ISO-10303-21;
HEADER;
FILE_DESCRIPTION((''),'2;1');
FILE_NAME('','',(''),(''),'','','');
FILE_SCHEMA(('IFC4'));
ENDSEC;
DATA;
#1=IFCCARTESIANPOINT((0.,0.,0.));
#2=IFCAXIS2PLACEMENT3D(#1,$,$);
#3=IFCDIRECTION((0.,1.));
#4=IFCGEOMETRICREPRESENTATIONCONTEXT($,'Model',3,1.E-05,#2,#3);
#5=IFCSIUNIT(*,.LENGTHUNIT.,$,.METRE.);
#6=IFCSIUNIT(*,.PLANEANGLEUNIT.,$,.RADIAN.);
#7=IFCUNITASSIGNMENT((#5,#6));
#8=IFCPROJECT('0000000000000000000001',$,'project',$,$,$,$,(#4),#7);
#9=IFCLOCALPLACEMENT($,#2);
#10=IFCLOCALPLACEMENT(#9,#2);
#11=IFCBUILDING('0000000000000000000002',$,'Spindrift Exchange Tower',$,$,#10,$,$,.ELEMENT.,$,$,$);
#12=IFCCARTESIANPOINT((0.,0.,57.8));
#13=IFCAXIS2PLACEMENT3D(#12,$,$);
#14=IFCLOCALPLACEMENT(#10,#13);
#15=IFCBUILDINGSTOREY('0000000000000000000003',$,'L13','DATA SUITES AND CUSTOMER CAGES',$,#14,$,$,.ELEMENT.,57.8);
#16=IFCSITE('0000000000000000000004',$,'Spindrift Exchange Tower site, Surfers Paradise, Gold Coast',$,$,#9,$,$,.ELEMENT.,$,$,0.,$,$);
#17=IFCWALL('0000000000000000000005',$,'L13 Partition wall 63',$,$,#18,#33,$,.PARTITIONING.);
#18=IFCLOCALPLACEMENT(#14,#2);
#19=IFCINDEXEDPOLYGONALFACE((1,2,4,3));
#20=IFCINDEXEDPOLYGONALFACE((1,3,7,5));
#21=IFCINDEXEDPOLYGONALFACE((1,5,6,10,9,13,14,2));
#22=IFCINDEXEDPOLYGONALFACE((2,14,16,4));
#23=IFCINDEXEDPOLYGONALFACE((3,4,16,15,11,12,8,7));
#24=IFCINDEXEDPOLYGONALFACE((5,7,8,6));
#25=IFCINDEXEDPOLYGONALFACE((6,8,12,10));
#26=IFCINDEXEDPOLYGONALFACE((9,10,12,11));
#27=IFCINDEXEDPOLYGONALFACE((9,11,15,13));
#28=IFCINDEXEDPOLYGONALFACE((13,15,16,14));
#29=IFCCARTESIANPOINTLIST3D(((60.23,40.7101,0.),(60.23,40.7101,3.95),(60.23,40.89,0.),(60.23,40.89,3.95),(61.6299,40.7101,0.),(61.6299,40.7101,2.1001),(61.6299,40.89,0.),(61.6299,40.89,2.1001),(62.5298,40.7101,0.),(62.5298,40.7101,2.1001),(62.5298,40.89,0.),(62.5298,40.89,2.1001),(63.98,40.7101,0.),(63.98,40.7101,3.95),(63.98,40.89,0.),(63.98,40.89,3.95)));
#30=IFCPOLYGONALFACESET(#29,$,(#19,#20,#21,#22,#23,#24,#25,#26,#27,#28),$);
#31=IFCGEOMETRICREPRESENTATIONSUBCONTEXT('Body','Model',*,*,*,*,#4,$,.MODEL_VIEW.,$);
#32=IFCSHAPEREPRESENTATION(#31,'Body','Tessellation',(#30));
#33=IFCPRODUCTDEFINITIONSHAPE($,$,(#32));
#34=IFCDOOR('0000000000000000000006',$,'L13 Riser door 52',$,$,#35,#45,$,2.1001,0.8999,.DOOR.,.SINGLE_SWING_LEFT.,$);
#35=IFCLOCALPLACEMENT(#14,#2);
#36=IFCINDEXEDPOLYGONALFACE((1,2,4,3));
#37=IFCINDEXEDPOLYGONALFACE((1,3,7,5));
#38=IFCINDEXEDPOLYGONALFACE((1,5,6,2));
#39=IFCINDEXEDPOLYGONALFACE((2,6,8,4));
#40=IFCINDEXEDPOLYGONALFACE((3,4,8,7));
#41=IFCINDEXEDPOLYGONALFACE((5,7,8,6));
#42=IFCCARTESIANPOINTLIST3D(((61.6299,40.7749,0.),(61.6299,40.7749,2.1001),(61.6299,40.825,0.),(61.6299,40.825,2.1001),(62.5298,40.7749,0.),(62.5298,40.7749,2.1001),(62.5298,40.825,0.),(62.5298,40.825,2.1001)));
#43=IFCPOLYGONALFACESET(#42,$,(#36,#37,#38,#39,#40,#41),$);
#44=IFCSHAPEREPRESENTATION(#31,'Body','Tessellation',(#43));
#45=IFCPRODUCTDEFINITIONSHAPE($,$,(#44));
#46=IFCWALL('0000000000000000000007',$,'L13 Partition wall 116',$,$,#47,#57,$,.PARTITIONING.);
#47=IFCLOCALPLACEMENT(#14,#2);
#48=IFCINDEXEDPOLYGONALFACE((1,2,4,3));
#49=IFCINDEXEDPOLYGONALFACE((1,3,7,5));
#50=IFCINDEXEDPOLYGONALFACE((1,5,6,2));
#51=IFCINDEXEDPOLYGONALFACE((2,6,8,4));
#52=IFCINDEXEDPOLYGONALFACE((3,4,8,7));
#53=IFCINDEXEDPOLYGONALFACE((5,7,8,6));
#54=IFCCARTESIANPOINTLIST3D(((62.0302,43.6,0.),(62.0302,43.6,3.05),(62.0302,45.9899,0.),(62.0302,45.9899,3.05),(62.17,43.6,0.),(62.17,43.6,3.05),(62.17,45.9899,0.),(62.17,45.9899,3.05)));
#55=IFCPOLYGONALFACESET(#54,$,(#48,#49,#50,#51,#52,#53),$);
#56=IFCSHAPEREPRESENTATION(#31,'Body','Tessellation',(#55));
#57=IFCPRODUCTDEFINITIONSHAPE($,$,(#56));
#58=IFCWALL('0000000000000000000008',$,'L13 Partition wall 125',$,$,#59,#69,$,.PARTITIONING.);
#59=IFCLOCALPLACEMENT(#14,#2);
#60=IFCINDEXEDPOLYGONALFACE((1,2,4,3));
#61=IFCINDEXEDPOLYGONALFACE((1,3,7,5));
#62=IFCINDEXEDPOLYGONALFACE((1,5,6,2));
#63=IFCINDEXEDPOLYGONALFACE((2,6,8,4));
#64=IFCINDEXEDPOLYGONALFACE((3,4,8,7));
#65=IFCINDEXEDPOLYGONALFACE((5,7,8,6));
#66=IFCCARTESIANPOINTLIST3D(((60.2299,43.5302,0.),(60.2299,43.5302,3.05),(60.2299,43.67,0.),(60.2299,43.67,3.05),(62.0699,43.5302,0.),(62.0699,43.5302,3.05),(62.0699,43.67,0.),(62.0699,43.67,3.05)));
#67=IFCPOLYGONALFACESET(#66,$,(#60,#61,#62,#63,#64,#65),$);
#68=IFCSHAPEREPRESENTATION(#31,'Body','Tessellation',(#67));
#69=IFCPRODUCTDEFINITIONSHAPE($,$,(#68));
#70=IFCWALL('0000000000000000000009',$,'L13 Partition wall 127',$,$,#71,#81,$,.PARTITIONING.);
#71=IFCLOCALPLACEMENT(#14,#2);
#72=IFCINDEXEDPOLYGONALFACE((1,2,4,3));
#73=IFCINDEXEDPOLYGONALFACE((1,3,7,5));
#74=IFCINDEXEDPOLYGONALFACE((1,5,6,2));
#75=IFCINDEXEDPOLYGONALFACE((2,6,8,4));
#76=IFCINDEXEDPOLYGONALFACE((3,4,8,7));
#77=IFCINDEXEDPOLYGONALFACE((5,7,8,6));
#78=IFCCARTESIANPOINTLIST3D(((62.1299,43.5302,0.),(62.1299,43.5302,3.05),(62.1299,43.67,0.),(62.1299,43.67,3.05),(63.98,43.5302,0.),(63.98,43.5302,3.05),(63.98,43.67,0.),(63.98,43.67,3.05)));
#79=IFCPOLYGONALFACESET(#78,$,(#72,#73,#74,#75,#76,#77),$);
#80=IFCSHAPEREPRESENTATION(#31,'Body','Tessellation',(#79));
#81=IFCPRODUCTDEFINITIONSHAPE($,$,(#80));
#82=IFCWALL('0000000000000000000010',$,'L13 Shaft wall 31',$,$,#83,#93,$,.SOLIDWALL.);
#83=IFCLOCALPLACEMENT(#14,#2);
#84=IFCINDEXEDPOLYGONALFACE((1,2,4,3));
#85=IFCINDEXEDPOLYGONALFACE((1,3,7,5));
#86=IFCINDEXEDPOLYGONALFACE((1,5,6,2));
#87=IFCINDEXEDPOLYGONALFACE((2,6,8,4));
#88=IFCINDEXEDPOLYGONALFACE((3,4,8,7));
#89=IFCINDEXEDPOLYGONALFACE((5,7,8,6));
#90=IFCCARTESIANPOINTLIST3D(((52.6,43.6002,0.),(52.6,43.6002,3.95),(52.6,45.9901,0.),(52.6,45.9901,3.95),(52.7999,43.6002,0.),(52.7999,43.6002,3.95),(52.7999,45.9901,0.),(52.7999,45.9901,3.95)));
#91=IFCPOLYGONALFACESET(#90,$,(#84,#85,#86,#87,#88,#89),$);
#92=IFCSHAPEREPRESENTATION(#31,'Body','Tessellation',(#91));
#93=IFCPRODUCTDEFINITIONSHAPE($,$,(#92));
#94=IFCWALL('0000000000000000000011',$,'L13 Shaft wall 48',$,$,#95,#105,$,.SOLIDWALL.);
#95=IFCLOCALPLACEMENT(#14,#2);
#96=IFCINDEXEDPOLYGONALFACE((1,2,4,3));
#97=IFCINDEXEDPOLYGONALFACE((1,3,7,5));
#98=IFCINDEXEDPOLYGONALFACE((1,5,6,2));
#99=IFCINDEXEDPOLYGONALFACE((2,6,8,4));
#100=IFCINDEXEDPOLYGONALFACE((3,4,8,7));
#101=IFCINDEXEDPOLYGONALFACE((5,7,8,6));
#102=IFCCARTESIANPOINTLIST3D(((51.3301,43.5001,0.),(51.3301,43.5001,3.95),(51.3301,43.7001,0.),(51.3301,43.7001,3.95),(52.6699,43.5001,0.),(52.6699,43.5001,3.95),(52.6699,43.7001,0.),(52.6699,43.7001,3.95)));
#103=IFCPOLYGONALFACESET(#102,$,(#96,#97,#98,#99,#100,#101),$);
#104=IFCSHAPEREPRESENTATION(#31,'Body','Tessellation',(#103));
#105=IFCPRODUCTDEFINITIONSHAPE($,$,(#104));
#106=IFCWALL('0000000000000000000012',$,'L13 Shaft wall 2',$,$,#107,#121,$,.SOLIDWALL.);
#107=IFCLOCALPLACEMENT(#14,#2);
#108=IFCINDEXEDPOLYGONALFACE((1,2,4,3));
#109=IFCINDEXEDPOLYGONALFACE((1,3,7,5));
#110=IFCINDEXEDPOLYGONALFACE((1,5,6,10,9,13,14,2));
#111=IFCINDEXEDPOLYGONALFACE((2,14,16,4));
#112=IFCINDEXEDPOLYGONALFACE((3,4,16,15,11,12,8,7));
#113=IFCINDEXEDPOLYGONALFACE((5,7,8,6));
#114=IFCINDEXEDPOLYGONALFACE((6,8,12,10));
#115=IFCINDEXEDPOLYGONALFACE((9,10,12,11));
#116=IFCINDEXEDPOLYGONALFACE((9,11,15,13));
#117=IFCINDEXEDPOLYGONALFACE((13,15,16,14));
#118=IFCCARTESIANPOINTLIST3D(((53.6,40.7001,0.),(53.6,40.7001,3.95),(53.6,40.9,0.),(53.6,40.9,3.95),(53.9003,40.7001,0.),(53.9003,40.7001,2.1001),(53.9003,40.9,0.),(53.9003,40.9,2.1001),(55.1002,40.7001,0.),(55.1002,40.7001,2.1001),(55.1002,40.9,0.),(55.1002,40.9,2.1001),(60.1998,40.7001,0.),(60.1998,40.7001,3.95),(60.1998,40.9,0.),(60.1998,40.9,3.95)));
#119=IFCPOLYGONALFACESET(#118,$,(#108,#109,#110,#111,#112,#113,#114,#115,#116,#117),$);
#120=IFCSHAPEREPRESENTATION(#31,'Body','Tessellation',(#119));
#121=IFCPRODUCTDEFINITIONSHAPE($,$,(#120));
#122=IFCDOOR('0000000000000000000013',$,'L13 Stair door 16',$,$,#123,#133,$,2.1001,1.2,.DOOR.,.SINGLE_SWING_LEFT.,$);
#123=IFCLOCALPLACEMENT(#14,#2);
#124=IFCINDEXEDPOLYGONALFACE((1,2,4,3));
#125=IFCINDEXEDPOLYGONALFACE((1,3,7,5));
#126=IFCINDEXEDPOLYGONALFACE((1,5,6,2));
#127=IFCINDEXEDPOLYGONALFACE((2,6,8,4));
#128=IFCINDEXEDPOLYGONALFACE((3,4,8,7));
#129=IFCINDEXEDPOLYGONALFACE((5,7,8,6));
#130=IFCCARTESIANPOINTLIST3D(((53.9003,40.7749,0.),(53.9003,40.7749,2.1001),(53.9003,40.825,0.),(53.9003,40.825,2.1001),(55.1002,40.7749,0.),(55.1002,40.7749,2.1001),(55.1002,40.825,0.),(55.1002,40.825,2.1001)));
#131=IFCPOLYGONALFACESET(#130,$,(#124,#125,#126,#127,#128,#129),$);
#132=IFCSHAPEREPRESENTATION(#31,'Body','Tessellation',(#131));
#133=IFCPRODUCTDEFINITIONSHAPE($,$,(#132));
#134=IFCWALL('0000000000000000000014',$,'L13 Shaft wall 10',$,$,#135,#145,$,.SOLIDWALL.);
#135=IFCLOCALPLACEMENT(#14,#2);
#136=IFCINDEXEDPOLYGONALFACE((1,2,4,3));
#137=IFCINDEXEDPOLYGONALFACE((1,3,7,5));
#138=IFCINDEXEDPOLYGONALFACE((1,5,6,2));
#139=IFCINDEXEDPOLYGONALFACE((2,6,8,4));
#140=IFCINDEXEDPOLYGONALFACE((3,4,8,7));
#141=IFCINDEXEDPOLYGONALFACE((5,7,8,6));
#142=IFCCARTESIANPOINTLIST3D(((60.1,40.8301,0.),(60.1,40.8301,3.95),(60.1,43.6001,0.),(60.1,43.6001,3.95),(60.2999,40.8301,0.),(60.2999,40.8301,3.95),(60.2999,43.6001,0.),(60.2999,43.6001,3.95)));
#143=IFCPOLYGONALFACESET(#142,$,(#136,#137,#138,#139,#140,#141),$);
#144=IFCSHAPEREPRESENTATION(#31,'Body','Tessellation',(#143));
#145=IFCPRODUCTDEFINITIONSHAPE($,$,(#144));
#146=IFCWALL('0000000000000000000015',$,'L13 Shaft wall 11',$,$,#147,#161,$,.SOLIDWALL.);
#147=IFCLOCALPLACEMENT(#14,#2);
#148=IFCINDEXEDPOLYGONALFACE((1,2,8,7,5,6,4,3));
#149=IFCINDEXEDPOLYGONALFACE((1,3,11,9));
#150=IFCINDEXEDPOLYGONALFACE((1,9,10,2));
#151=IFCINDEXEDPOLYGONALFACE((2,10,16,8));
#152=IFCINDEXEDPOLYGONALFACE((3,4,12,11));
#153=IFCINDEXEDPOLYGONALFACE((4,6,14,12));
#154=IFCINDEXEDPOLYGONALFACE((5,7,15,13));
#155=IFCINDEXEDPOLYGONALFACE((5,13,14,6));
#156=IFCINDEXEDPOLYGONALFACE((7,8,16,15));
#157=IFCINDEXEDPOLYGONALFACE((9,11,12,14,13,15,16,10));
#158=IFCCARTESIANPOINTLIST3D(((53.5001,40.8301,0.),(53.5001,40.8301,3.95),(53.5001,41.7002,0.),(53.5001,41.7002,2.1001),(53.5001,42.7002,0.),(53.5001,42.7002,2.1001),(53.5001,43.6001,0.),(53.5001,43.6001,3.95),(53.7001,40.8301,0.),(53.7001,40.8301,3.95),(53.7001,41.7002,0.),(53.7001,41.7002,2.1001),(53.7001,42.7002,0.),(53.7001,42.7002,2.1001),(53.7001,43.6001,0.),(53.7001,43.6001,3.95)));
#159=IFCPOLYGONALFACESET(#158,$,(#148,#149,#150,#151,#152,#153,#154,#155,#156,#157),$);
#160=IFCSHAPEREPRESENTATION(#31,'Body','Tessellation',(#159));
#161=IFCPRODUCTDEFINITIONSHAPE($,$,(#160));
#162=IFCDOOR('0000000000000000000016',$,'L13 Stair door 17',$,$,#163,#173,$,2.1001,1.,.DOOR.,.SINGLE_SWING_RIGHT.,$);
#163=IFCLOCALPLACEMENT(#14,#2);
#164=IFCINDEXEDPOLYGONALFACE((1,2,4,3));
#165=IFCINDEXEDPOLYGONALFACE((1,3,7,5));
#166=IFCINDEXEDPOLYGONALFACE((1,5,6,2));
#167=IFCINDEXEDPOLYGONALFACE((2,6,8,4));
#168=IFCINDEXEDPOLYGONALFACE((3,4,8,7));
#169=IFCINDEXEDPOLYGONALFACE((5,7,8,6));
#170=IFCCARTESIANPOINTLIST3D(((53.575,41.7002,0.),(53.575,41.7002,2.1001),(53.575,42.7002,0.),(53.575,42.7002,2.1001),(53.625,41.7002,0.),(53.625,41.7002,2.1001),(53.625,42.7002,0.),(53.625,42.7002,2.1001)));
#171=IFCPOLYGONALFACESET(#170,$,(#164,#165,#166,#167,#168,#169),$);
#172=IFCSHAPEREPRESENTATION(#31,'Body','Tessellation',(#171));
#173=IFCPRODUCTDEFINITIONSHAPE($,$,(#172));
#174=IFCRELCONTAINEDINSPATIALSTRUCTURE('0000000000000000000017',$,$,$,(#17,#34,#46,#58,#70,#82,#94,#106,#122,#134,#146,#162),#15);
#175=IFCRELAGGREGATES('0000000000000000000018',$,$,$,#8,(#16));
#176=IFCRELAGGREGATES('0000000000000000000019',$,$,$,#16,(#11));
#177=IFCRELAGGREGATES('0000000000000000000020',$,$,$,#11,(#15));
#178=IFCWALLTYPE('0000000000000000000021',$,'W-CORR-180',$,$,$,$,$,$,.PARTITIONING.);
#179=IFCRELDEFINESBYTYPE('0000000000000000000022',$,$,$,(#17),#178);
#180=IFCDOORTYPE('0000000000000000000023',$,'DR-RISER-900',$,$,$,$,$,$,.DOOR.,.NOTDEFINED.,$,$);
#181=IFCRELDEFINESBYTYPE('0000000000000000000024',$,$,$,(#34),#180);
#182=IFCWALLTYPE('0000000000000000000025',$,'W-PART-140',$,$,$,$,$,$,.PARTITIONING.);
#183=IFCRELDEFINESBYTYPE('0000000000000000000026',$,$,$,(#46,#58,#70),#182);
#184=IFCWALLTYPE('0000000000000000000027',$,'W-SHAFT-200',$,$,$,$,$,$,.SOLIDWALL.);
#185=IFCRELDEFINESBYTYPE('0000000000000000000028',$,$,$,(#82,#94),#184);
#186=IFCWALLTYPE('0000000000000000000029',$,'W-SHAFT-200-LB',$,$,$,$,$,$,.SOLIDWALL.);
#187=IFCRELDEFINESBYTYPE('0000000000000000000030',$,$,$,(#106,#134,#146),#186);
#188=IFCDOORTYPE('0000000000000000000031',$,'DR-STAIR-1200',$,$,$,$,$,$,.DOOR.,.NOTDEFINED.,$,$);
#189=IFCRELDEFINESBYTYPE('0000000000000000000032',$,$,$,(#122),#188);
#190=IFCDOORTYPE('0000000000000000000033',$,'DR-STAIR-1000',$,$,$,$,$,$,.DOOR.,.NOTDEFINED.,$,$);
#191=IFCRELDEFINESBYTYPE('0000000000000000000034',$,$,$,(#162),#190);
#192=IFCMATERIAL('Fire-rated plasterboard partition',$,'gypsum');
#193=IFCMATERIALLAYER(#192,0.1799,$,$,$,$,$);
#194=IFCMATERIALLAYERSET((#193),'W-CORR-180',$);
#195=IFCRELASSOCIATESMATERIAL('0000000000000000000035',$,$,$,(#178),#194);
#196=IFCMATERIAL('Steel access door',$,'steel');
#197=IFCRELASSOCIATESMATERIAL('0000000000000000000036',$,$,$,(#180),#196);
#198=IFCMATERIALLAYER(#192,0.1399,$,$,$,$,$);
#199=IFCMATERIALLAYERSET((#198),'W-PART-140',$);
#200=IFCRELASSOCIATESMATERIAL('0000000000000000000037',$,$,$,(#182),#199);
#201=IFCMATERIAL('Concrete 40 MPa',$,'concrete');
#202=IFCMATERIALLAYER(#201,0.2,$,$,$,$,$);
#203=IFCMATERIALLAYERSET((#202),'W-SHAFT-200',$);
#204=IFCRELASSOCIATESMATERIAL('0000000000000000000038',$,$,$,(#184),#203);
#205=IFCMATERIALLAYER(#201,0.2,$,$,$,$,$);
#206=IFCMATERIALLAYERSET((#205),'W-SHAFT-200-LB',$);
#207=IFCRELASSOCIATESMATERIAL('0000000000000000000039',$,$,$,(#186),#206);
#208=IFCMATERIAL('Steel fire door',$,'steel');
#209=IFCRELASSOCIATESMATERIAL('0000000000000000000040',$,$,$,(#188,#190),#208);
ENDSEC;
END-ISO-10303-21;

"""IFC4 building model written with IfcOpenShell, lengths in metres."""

from ifc_helpers import new_model, si_unit, direction, frame, frame_2d, origin, place, context, subcontext, project, spatial, rectangle, extrude, source, transform, mapped, material, layer, layer_set, type_object, element, fill, save


model = new_model("IFC4")

# Units and contexts
model_context = context("Model", 3, precision=1e-05, world=origin(), true_north=direction((0.0, 1.0)))
body_context = subcontext(model_context, "Body", "Model", "MODEL_VIEW")
ifc_project = project(units=[si_unit("LENGTHUNIT", "METRE"), si_unit("PLANEANGLEUNIT", "RADIAN")], contexts=[model_context])

# Site, building, storey
site_placement = place(None, origin())
site = spatial("IfcSite", under=ifc_project, at=site_placement, Name="Spindrift Exchange Tower site, Surfers Paradise, Gold Coast", CompositionType="ELEMENT", RefElevation=0.0)
building_placement = place(site_placement, origin())
building = spatial("IfcBuilding", under=site, at=building_placement, Name="Spindrift Exchange Tower", CompositionType="ELEMENT")
storey_placement = place(building_placement, frame((0.0, 0.0, 57.8)))
storey = spatial("IfcBuildingStorey", under=building, at=storey_placement, Name="L13", Description="DATA SUITES AND CUSTOMER CAGES", CompositionType="ELEMENT", Elevation=57.8)

# Wall, opening, door
ifc_material_1 = material(Name="Fire-rated plasterboard partition", Category="gypsum")
ifc_layer_1 = layer(ifc_material_1, 0.1799)
ifc_layer_set_1 = layer_set([ifc_layer_1], Name="W-CORR-180")
wall_type_1 = type_object("IfcWallType", Name="W-CORR-180", PredefinedType="PARTITIONING", material=ifc_layer_set_1)
wall_1_placement = place(storey_placement, frame((60.23, 40.8, 0.0), z_axis=(0.0, 0.0, 1.0), x_axis=(1.0, 0.0, 0.0)))
wall_1 = element("IfcWall", 1, at=wall_1_placement, inside=storey, type_object=wall_type_1, Name="L13 Partition wall 63", PredefinedType="PARTITIONING", context=body_context, shape_type="SweptSolid", body=[
    extrude(rectangle(XDim=3.75, YDim=0.1799, at=frame_2d((1.875, 0.0))), origin(), (0.0, 0.0, 1.0), 3.95),
])
opening_1_placement = place(wall_1_placement, frame((1.3999, 0.0, 0.0)))
opening_1 = element("IfcOpeningElement", 2, at=opening_1_placement, cuts=wall_1, PredefinedType="OPENING", context=body_context, shape_type="SweptSolid", body=[
    extrude(rectangle(XDim=0.8999, YDim=2.1001, at=frame_2d((0.45, 1.05))), frame((0.0, 0.0999, 0.0), z_axis=(0.0, -1.0, 0.0), x_axis=(1.0, 0.0, 0.0)), (0.0, 0.0, 1.0), 0.2),
])
ifc_material_2 = material(Name="Steel access door", Category="steel")
door_type_1 = type_object("IfcDoorType", Name="DR-RISER-900", OperationType="NOTDEFINED", PredefinedType="DOOR", material=ifc_material_2)
shared_shape_1 = source(origin(), body_context, "Body", "SweptSolid", [
    extrude(rectangle(XDim=0.8999, YDim=2.1001, at=frame_2d((0.45, 1.05))), frame((0.0, 0.0249, 0.0), z_axis=(0.0, -1.0, 0.0), x_axis=(1.0, 0.0, 0.0)), (0.0, 0.0, 1.0), 0.05),
])
door_1_placement = place(opening_1_placement, origin())
door_1 = element("IfcDoor", 3, at=door_1_placement, inside=storey, type_object=door_type_1, Name="L13 Riser door 52", OperationType="SINGLE_SWING_LEFT", OverallHeight=2.1001, OverallWidth=0.8999, PredefinedType="DOOR", context=body_context, shape_type="MappedRepresentation", body=[
    mapped(shared_shape_1, transform((0.0, 0.0, 0.0), scale=1.0)),
])
fill(opening_1, door_1)

# Walls
ifc_layer_2 = layer(ifc_material_1, 0.1399)
ifc_layer_set_2 = layer_set([ifc_layer_2], Name="W-PART-140")
wall_type_2 = type_object("IfcWallType", Name="W-PART-140", PredefinedType="PARTITIONING", material=ifc_layer_set_2)
wall_2_placement = place(storey_placement, frame((62.1001, 43.6001, 0.0), z_axis=(0.0, 0.0, 1.0), x_axis=(0.0, 1.0, 0.0)))
element("IfcWall", 4, at=wall_2_placement, inside=storey, type_object=wall_type_2, Name="L13 Partition wall 116", PredefinedType="PARTITIONING", context=body_context, shape_type="SweptSolid", body=[
    extrude(rectangle(XDim=2.3899, YDim=0.1399, at=frame_2d((1.1948, 0.0))), origin(), (0.0, 0.0, 1.0), 3.05),
])
wall_3_placement = place(storey_placement, frame((60.23, 43.6001, 0.0), z_axis=(0.0, 0.0, 1.0), x_axis=(1.0, 0.0, 0.0)))
element("IfcWall", 5, at=wall_3_placement, inside=storey, type_object=wall_type_2, Name="L13 Partition wall 125", PredefinedType="PARTITIONING", context=body_context, shape_type="SweptSolid", body=[
    extrude(rectangle(XDim=1.8401, YDim=0.1399, at=frame_2d((0.9199, 0.0))), origin(), (0.0, 0.0, 1.0), 3.05),
])
wall_4_placement = place(storey_placement, frame((62.1299, 43.6001, 0.0), z_axis=(0.0, 0.0, 1.0), x_axis=(1.0, 0.0, 0.0)))
element("IfcWall", 6, at=wall_4_placement, inside=storey, type_object=wall_type_2, Name="L13 Partition wall 127", PredefinedType="PARTITIONING", context=body_context, shape_type="SweptSolid", body=[
    extrude(rectangle(XDim=1.8501, YDim=0.1399, at=frame_2d((0.925, 0.0))), origin(), (0.0, 0.0, 1.0), 3.05),
])
ifc_material_3 = material(Name="Concrete 40 MPa", Category="concrete")
ifc_layer_3 = layer(ifc_material_3, 0.2)
ifc_layer_set_3 = layer_set([ifc_layer_3], Name="W-SHAFT-200")
wall_type_3 = type_object("IfcWallType", Name="W-SHAFT-200", PredefinedType="SOLIDWALL", material=ifc_layer_set_3)
wall_5_placement = place(storey_placement, frame((52.7, 45.99, 0.0), z_axis=(0.0, 0.0, 1.0), x_axis=(0.0, -1.0, 0.0)))
element("IfcWall", 7, at=wall_5_placement, inside=storey, type_object=wall_type_3, Name="L13 Shaft wall 31", PredefinedType="SOLIDWALL", context=body_context, shape_type="SweptSolid", body=[
    extrude(rectangle(XDim=2.3899, YDim=0.2, at=frame_2d((1.1948, 0.0))), origin(), (0.0, 0.0, 1.0), 3.95),
])
wall_6_placement = place(storey_placement, frame((52.6699, 43.6001, 0.0), z_axis=(0.0, 0.0, 1.0), x_axis=(-1.0, 0.0, 0.0)))
element("IfcWall", 8, at=wall_6_placement, inside=storey, type_object=wall_type_3, Name="L13 Shaft wall 48", PredefinedType="SOLIDWALL", context=body_context, shape_type="SweptSolid", body=[
    extrude(rectangle(XDim=1.3398, YDim=0.2, at=frame_2d((0.6699, 0.0))), origin(), (0.0, 0.0, 1.0), 3.95),
])

# Wall, opening, door
ifc_layer_4 = layer(ifc_material_3, 0.2)
ifc_layer_set_4 = layer_set([ifc_layer_4], Name="W-SHAFT-200-LB")
wall_type_4 = type_object("IfcWallType", Name="W-SHAFT-200-LB", PredefinedType="SOLIDWALL", material=ifc_layer_set_4)
wall_7_placement = place(storey_placement, frame((53.6001, 40.8, 0.0), z_axis=(0.0, 0.0, 1.0), x_axis=(1.0, 0.0, 0.0)))
wall_7 = element("IfcWall", 9, at=wall_7_placement, inside=storey, type_object=wall_type_4, Name="L13 Shaft wall 2", PredefinedType="SOLIDWALL", context=body_context, shape_type="SweptSolid", body=[
    extrude(rectangle(XDim=6.5999, YDim=0.2, at=frame_2d((3.2998, 0.0))), origin(), (0.0, 0.0, 1.0), 3.95),
])
opening_2_placement = place(wall_7_placement, frame((0.3, 0.0, 0.0)))
opening_2 = element("IfcOpeningElement", 10, at=opening_2_placement, cuts=wall_7, PredefinedType="OPENING", context=body_context, shape_type="SweptSolid", body=[
    extrude(rectangle(XDim=1.2, YDim=2.1001, at=frame_2d((0.6001, 1.05))), frame((0.0, 0.1099, 0.0), z_axis=(0.0, -1.0, 0.0), x_axis=(1.0, 0.0, 0.0)), (0.0, 0.0, 1.0), 0.22),
])
ifc_material_4 = material(Name="Steel fire door", Category="steel")
door_type_2 = type_object("IfcDoorType", Name="DR-STAIR-1200", OperationType="NOTDEFINED", PredefinedType="DOOR", material=ifc_material_4)
shared_shape_2 = source(origin(), body_context, "Body", "SweptSolid", [
    extrude(rectangle(XDim=1.2, YDim=2.1001, at=frame_2d((0.6001, 1.05))), frame((0.0, 0.0249, 0.0), z_axis=(0.0, -1.0, 0.0), x_axis=(1.0, 0.0, 0.0)), (0.0, 0.0, 1.0), 0.05),
])
door_2_placement = place(opening_2_placement, origin())
door_2 = element("IfcDoor", 11, at=door_2_placement, inside=storey, type_object=door_type_2, Name="L13 Stair door 16", OperationType="SINGLE_SWING_LEFT", OverallHeight=2.1001, OverallWidth=1.2, PredefinedType="DOOR", context=body_context, shape_type="MappedRepresentation", body=[
    mapped(shared_shape_2, transform((0.0, 0.0, 0.0), scale=1.0)),
])
fill(opening_2, door_2)

# Wall
wall_8_placement = place(storey_placement, frame((60.2, 40.8301, 0.0), z_axis=(0.0, 0.0, 1.0), x_axis=(0.0, 1.0, 0.0)))
element("IfcWall", 12, at=wall_8_placement, inside=storey, type_object=wall_type_4, Name="L13 Shaft wall 10", PredefinedType="SOLIDWALL", context=body_context, shape_type="SweptSolid", body=[
    extrude(rectangle(XDim=2.77, YDim=0.2, at=frame_2d((1.385, 0.0))), origin(), (0.0, 0.0, 1.0), 3.95),
])

# Wall, opening, door
wall_9_placement = place(storey_placement, frame((53.6001, 43.6001, 0.0), z_axis=(0.0, 0.0, 1.0), x_axis=(0.0, -1.0, 0.0)))
wall_9 = element("IfcWall", 13, at=wall_9_placement, inside=storey, type_object=wall_type_4, Name="L13 Shaft wall 11", PredefinedType="SOLIDWALL", context=body_context, shape_type="SweptSolid", body=[
    extrude(rectangle(XDim=2.77, YDim=0.2, at=frame_2d((1.385, 0.0))), origin(), (0.0, 0.0, 1.0), 3.95),
])
opening_3_placement = place(wall_9_placement, frame((0.8999, 0.0, 0.0)))
opening_3 = element("IfcOpeningElement", 14, at=opening_3_placement, cuts=wall_9, PredefinedType="OPENING", context=body_context, shape_type="SweptSolid", body=[
    extrude(rectangle(XDim=1.0, YDim=2.1001, at=frame_2d((0.5, 1.05))), frame((0.0, 0.1099, 0.0), z_axis=(0.0, -1.0, 0.0), x_axis=(1.0, 0.0, 0.0)), (0.0, 0.0, 1.0), 0.22),
])
door_type_3 = type_object("IfcDoorType", Name="DR-STAIR-1000", OperationType="NOTDEFINED", PredefinedType="DOOR", material=ifc_material_4)
shared_shape_3 = source(origin(), body_context, "Body", "SweptSolid", [
    extrude(rectangle(XDim=1.0, YDim=2.1001, at=frame_2d((0.5, 1.05))), frame((0.0, 0.0249, 0.0), z_axis=(0.0, -1.0, 0.0), x_axis=(1.0, 0.0, 0.0)), (0.0, 0.0, 1.0), 0.05),
])
door_3_placement = place(opening_3_placement, origin())
door_3 = element("IfcDoor", 15, at=door_3_placement, inside=storey, type_object=door_type_3, Name="L13 Stair door 17", OperationType="SINGLE_SWING_RIGHT", OverallHeight=2.1001, OverallWidth=1.0, PredefinedType="DOOR", context=body_context, shape_type="MappedRepresentation", body=[
    mapped(shared_shape_3, transform((0.0, 0.0, 0.0), scale=1.0)),
])
fill(opening_3, door_3)

save(model, "model.ifc")
